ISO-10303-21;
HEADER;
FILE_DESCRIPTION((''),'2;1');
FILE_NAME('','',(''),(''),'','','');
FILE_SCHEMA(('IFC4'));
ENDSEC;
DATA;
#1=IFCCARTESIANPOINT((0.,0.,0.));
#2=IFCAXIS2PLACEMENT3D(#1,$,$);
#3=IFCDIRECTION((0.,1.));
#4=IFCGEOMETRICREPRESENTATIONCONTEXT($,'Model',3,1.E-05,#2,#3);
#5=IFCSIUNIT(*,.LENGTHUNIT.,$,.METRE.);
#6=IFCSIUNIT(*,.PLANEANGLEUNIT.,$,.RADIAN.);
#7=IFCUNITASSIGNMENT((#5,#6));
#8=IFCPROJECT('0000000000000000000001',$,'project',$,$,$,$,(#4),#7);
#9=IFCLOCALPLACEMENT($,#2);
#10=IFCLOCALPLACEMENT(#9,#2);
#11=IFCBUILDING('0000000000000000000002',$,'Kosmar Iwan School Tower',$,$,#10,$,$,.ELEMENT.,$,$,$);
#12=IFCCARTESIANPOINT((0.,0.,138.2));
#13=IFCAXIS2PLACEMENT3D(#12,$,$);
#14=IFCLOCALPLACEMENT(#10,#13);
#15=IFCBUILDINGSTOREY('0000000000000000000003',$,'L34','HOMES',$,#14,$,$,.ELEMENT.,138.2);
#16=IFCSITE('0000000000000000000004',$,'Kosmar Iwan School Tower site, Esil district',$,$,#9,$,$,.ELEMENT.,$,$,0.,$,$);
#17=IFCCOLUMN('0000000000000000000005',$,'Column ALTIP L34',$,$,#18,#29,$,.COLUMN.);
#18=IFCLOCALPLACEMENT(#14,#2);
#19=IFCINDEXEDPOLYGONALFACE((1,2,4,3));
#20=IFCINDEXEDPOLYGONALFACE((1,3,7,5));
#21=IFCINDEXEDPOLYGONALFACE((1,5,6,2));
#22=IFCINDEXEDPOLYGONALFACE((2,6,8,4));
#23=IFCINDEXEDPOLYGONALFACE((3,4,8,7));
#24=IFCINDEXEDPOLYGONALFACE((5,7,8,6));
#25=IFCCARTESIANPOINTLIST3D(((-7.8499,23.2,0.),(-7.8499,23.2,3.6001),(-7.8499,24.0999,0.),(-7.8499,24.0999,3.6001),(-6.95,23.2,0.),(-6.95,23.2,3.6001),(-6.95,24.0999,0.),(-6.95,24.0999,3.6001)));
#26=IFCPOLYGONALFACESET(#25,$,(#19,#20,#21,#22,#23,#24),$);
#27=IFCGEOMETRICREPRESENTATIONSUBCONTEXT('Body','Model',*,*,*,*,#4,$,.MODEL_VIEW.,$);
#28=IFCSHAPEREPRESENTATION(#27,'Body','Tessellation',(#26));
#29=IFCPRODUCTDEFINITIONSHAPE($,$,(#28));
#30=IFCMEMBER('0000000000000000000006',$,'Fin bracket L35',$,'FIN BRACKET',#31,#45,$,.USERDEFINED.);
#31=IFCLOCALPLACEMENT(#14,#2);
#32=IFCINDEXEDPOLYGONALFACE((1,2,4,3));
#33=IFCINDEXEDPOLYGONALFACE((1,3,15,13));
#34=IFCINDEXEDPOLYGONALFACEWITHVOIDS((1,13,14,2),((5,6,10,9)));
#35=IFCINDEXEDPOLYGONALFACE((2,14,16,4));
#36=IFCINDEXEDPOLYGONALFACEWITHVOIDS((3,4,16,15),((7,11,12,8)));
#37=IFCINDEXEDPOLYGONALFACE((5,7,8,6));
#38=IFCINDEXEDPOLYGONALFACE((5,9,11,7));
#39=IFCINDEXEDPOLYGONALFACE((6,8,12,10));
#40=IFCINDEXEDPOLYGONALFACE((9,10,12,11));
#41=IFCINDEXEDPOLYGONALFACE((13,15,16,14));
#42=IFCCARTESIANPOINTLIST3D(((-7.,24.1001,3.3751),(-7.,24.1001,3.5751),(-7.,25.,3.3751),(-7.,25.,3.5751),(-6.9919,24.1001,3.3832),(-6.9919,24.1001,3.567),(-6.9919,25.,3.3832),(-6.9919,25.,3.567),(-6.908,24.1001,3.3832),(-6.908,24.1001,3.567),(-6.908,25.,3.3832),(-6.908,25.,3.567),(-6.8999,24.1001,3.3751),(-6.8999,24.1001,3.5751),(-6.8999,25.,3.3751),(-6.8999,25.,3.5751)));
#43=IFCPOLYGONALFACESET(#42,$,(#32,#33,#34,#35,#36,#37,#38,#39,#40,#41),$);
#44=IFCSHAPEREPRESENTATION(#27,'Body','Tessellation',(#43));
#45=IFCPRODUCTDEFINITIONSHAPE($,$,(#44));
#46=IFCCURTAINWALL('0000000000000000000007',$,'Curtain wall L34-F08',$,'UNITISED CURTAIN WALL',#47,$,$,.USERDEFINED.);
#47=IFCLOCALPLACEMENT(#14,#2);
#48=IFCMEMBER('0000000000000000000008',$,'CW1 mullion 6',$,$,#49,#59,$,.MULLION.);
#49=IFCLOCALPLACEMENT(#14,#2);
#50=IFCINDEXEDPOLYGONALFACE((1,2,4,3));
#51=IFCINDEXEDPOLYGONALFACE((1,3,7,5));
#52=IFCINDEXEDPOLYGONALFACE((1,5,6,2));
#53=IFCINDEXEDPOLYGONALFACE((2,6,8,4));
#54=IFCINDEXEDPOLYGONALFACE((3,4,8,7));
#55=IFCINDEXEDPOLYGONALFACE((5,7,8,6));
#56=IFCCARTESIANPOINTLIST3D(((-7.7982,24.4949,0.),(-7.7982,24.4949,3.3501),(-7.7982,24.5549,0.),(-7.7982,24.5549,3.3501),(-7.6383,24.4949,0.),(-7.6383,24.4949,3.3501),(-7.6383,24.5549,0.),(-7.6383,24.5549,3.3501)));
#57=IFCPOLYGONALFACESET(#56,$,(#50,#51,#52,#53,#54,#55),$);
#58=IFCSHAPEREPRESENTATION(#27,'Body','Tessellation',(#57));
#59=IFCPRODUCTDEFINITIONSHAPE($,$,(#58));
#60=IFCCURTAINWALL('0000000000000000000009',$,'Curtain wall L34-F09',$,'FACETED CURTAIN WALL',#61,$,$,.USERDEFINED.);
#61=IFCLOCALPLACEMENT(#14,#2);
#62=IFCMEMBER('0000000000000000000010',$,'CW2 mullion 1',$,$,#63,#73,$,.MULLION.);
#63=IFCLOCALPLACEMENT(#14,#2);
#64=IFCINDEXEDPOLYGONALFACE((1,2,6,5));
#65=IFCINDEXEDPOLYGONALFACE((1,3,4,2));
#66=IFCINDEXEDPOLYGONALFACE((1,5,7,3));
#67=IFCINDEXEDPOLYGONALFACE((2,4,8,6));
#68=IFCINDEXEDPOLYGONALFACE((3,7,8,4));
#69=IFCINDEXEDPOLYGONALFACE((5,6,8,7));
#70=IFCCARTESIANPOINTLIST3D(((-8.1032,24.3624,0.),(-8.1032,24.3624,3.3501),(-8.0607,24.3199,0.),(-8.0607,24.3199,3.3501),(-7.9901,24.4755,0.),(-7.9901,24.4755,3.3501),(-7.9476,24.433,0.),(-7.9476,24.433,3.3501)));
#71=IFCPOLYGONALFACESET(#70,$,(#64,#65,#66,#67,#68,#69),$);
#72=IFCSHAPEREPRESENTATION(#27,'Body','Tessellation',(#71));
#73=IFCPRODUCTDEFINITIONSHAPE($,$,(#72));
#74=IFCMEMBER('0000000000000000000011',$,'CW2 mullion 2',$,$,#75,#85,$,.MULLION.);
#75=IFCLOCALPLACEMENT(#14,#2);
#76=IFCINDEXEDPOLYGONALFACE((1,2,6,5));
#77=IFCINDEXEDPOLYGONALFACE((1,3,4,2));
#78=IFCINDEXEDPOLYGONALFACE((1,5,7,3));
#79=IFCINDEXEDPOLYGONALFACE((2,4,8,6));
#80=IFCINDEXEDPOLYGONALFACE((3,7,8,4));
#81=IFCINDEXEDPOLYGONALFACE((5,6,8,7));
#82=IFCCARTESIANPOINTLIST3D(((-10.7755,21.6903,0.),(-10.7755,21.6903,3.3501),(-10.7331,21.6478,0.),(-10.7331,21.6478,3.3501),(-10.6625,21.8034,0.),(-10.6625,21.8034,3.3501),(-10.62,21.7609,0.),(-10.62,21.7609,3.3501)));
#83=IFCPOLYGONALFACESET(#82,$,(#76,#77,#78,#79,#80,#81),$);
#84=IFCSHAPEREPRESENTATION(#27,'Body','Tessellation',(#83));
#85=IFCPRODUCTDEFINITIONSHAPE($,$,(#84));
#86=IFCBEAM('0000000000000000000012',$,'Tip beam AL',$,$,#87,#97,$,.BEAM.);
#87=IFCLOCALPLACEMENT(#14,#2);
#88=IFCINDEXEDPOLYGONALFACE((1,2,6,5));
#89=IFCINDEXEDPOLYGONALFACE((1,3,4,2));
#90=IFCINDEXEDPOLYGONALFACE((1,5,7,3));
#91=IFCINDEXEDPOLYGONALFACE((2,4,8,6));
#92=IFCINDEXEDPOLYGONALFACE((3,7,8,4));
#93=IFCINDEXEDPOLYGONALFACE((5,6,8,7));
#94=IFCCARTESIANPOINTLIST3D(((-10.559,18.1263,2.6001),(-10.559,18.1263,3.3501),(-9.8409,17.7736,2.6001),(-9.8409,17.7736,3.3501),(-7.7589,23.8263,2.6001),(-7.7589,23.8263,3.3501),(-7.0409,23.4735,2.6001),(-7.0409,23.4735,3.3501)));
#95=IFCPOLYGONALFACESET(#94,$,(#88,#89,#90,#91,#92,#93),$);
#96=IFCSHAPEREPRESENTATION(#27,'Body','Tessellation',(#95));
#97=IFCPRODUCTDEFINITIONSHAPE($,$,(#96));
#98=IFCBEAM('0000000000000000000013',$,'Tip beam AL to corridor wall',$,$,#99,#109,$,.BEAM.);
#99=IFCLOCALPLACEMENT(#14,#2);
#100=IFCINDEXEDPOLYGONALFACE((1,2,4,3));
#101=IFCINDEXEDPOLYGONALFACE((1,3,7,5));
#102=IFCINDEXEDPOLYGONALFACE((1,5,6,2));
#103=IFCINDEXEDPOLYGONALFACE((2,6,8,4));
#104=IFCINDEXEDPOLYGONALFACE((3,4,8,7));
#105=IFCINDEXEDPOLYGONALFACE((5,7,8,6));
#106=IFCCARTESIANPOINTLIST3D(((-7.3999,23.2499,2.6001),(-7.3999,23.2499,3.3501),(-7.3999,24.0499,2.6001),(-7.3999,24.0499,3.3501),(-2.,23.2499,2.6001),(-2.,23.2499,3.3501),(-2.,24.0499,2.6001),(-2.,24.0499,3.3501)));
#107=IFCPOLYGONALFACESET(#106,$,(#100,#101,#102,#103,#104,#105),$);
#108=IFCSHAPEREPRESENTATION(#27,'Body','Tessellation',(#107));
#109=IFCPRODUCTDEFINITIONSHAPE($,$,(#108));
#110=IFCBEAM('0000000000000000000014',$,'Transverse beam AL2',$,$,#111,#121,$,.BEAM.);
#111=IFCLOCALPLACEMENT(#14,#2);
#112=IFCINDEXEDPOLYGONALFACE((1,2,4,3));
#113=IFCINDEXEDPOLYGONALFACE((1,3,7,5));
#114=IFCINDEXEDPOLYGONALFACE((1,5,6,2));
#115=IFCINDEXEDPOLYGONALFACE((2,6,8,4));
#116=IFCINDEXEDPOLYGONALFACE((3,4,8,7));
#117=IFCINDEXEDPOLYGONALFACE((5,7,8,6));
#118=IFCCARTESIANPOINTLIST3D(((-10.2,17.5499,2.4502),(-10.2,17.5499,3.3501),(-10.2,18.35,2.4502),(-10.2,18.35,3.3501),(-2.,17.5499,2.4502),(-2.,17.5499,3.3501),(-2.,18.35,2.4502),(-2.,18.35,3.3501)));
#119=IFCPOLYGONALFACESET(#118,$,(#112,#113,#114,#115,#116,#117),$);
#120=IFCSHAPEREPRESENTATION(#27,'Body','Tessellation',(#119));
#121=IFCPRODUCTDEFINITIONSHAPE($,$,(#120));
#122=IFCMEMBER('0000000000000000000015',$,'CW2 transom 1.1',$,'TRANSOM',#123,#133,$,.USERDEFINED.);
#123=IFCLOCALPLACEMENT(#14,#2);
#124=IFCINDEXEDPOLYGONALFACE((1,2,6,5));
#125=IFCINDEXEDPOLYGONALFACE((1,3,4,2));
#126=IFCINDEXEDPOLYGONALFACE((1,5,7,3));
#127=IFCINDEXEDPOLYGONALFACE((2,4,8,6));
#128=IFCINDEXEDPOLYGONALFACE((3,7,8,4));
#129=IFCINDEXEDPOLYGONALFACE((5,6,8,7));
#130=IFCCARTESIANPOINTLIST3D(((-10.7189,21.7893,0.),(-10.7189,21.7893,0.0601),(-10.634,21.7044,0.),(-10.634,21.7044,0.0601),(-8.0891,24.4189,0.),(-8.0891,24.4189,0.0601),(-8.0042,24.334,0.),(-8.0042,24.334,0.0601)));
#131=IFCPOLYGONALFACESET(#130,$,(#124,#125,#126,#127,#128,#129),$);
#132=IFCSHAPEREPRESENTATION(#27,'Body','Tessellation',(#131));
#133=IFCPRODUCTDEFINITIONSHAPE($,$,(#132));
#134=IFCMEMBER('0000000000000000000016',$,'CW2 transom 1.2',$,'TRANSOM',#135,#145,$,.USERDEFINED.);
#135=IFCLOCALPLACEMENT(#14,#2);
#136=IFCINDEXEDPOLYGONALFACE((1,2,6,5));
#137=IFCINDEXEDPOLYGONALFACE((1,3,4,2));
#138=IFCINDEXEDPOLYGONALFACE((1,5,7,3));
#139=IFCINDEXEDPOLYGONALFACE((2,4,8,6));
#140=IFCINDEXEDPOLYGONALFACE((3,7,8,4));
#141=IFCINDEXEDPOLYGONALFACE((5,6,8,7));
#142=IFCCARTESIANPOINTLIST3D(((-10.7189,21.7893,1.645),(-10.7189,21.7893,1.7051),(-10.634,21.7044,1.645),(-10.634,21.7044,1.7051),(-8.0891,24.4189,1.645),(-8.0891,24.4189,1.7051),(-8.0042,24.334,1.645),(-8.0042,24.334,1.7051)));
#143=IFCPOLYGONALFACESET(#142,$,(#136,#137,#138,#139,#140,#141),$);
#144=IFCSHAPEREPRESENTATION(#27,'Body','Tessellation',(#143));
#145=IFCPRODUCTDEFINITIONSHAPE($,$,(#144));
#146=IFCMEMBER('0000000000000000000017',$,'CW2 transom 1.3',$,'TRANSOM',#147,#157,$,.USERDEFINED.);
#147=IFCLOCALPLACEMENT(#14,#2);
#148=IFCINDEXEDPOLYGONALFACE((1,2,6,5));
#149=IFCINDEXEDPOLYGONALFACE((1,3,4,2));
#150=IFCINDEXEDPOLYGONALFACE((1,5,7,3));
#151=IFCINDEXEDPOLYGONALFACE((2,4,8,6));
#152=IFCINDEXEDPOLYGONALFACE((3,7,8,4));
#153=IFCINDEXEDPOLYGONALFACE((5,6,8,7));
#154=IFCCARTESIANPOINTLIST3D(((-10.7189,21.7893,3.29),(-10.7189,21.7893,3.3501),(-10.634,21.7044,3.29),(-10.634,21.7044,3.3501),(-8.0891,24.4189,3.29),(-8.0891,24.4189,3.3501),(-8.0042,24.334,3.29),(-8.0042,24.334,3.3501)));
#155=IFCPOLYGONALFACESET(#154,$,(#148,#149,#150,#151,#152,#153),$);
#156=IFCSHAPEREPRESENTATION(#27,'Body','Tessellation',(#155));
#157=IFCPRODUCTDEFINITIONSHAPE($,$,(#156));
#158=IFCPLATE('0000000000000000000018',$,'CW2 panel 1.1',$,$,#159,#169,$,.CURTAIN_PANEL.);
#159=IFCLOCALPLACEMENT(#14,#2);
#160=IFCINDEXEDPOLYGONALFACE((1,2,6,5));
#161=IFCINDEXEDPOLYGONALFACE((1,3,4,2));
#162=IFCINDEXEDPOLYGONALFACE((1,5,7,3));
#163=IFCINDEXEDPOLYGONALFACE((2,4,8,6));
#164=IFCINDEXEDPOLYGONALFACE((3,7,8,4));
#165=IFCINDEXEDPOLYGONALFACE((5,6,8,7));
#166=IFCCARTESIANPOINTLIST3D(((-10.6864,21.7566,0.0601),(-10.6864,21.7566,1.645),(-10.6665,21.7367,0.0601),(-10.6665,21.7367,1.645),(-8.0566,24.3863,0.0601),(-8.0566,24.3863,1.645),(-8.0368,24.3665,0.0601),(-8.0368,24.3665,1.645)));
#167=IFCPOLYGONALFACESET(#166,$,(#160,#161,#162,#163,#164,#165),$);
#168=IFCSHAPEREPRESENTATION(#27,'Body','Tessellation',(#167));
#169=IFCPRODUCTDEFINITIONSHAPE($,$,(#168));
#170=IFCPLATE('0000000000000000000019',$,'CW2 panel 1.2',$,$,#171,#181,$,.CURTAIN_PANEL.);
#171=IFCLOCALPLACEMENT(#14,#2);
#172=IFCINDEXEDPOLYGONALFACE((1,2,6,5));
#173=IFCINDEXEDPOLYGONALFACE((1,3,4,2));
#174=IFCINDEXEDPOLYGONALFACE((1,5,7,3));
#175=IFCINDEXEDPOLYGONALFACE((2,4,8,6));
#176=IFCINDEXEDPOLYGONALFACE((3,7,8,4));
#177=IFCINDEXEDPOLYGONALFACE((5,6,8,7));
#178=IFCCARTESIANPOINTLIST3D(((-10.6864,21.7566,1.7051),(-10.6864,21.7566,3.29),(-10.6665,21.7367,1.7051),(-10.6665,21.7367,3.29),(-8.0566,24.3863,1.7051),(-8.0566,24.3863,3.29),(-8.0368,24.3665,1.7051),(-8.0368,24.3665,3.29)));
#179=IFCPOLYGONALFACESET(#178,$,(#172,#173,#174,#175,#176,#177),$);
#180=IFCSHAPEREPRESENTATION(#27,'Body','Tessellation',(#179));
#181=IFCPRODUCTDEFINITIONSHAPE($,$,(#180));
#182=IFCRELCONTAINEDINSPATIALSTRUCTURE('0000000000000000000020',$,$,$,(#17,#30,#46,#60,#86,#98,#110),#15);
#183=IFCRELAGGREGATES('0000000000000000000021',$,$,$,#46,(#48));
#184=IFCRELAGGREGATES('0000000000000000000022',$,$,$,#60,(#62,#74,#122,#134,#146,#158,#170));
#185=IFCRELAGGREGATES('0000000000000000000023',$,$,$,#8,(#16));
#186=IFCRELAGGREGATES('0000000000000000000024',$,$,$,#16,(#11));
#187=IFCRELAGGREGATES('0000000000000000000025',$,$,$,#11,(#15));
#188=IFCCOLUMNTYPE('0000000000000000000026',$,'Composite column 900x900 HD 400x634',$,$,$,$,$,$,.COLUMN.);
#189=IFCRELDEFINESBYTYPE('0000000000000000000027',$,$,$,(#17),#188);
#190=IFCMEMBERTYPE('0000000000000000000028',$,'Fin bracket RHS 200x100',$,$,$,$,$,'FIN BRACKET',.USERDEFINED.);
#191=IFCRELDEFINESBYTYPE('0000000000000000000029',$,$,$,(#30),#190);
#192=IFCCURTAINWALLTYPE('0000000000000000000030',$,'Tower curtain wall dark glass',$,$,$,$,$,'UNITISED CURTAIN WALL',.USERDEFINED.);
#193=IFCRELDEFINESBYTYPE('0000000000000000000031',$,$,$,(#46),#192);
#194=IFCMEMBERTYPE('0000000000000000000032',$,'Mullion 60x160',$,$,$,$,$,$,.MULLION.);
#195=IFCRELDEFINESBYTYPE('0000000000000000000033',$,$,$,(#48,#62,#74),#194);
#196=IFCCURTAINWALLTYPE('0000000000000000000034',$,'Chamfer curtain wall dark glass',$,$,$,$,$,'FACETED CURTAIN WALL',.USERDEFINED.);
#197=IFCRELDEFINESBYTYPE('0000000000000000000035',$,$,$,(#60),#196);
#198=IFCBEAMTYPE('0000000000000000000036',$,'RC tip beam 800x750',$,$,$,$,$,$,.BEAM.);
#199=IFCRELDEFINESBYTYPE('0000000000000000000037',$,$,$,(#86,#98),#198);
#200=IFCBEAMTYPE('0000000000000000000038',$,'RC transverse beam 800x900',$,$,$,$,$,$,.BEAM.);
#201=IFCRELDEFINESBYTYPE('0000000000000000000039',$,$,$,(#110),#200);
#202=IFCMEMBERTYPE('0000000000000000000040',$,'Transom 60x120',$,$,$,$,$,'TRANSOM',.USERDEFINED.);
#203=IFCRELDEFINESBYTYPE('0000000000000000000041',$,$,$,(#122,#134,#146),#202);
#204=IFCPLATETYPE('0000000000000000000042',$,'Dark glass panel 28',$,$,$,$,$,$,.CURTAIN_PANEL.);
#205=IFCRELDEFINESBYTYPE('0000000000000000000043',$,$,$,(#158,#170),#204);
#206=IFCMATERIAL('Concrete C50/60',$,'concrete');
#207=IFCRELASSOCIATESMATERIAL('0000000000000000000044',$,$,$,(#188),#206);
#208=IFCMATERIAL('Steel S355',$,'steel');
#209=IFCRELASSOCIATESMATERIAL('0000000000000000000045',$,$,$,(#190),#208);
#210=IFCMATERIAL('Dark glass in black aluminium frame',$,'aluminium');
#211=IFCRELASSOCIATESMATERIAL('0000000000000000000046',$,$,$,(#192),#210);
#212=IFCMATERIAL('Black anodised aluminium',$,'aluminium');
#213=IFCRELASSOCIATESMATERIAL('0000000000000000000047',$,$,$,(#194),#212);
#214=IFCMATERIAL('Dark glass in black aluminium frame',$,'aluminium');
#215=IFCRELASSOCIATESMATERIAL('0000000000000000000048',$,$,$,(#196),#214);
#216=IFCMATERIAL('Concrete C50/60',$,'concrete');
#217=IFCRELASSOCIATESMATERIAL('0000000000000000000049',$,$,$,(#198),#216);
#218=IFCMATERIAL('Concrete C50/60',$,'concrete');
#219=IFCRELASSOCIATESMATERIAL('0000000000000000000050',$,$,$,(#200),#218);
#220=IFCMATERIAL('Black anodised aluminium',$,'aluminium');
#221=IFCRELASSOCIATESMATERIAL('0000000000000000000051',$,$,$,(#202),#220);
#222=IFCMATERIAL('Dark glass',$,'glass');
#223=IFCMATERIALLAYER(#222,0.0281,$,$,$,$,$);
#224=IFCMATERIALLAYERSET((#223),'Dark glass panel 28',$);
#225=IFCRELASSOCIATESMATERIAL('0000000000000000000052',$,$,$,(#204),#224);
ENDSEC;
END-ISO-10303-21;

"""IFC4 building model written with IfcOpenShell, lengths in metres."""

from ifc_helpers import new_model, si_unit, direction, frame, origin, origin_2d, place, context, subcontext, project, spatial, rectangle, hollow_rectangle, extrude, material, layer, layer_set, material_profile, profile_set, type_object, element, aggregate, save


model = new_model("IFC4")

# Units and contexts
model_context = context("Model", 3, precision=1e-05, world=origin(), true_north=direction((0.0, 1.0)))
body_context = subcontext(model_context, "Body", "Model", "MODEL_VIEW")
ifc_project = project(units=[si_unit("LENGTHUNIT", "METRE"), si_unit("PLANEANGLEUNIT", "RADIAN")], contexts=[model_context])

# Site, building, storey
site_placement = place(None, origin())
site = spatial("IfcSite", under=ifc_project, at=site_placement, Name="Kosmar Iwan School Tower site, Esil district", CompositionType="ELEMENT", RefElevation=0.0)
building_placement = place(site_placement, origin())
building = spatial("IfcBuilding", under=site, at=building_placement, Name="Kosmar Iwan School Tower", CompositionType="ELEMENT")
storey_placement = place(building_placement, frame((0.0, 0.0, 138.2)))
storey = spatial("IfcBuildingStorey", under=building, at=storey_placement, Name="L34", Description="HOMES", CompositionType="ELEMENT", Elevation=138.2)

# Column
ifc_material_1 = material(Name="Concrete C50/60", Category="concrete")
ifc_material_profile_1 = material_profile(ifc_material_1, rectangle(XDim=0.8999, YDim=0.8999, at=origin_2d()), Name="RC 900x900 + HD 400x634")
ifc_profile_set_1 = profile_set([ifc_material_profile_1], Name="Concrete C50/60")
column_type = type_object("IfcColumnType", Name="Composite column 900x900 HD 400x634", PredefinedType="COLUMN", material=ifc_profile_set_1)
column_placement = place(storey_placement, frame((-7.3999, 23.6499, 0.0), z_axis=(0.0, 0.0, 1.0), x_axis=(0.0, 1.0, 0.0)))
element("IfcColumn", 1, at=column_placement, inside=storey, type_object=column_type, Name="Column ALTIP L34", PredefinedType="COLUMN", context=body_context, shape_type="SweptSolid", body=[
    extrude(rectangle(XDim=0.8999, YDim=0.8999, at=origin_2d()), origin(), (0.0, 0.0, 1.0), 3.6001),
])

# Member
ifc_material_2 = material(Name="Steel S355", Category="steel")
ifc_material_profile_2 = material_profile(ifc_material_2, hollow_rectangle(XDim=0.1001, YDim=0.2, WallThickness=0.0081, at=origin_2d()), Name="RHS 200x100x8")
ifc_profile_set_2 = profile_set([ifc_material_profile_2], Name="Steel S355")
member_type_1 = type_object("IfcMemberType", Name="Fin bracket RHS 200x100", ElementType="FIN BRACKET", PredefinedType="USERDEFINED", material=ifc_profile_set_2)
member_1_placement = place(storey_placement, frame((-6.95, 24.1001, 3.4751), z_axis=(0.0, 1.0, 0.0), x_axis=(-1.0, 0.0, 0.0)))
element("IfcMember", 2, at=member_1_placement, inside=storey, type_object=member_type_1, Name="Fin bracket L35", ObjectType="FIN BRACKET", PredefinedType="USERDEFINED", context=body_context, shape_type="SweptSolid", body=[
    extrude(hollow_rectangle(XDim=0.1001, YDim=0.2, WallThickness=0.0081, at=origin_2d()), origin(), (0.0, 0.0, 1.0), 0.8999),
])

# Curtain wall, member
ifc_material_3 = material(Name="Dark glass in black aluminium frame", Category="aluminium")
curtain_wall_type_1 = type_object("IfcCurtainWallType", Name="Tower curtain wall dark glass", ElementType="UNITISED CURTAIN WALL", PredefinedType="USERDEFINED", material=ifc_material_3)
curtain_wall_1_placement = place(storey_placement, origin())
curtain_wall_1 = element("IfcCurtainWall", 3, at=curtain_wall_1_placement, inside=storey, type_object=curtain_wall_type_1, Name="Curtain wall L34-F08", ObjectType="UNITISED CURTAIN WALL", PredefinedType="USERDEFINED")
ifc_material_4 = material(Name="Black anodised aluminium", Category="aluminium")
ifc_material_profile_3 = material_profile(ifc_material_4, rectangle(XDim=0.0601, YDim=0.1599, at=origin_2d()), Name="MULLION 60x160")
ifc_profile_set_3 = profile_set([ifc_material_profile_3], Name="Black anodised aluminium")
member_type_2 = type_object("IfcMemberType", Name="Mullion 60x160", PredefinedType="MULLION", material=ifc_profile_set_3)
member_2_placement = place(storey_placement, frame((-7.7183, 24.5249, 0.0), z_axis=(0.0, 0.0, 1.0), x_axis=(0.0, -1.0, 0.0)))
member_2 = element("IfcMember", 4, at=member_2_placement, type_object=member_type_2, Name="CW1 mullion 6", PredefinedType="MULLION", context=body_context, shape_type="SweptSolid", body=[
    extrude(rectangle(XDim=0.0601, YDim=0.1599, at=origin_2d()), origin(), (0.0, 0.0, 1.0), 3.3501),
])
aggregate(curtain_wall_1, [member_2])

# Curtain wall, members
ifc_material_5 = material(Name="Dark glass in black aluminium frame", Category="aluminium")
curtain_wall_type_2 = type_object("IfcCurtainWallType", Name="Chamfer curtain wall dark glass", ElementType="FACETED CURTAIN WALL", PredefinedType="USERDEFINED", material=ifc_material_5)
curtain_wall_2_placement = place(storey_placement, origin())
curtain_wall_2 = element("IfcCurtainWall", 5, at=curtain_wall_2_placement, inside=storey, type_object=curtain_wall_type_2, Name="Curtain wall L34-F09", ObjectType="FACETED CURTAIN WALL", PredefinedType="USERDEFINED")
member_3_placement = place(storey_placement, frame((-8.0254, 24.3977, 0.0), z_axis=(0.0, 0.0, 1.0), x_axis=(0.707107, -0.707107, 0.0)))
member_3 = element("IfcMember", 6, at=member_3_placement, type_object=member_type_2, Name="CW2 mullion 1", PredefinedType="MULLION", context=body_context, shape_type="SweptSolid", body=[
    extrude(rectangle(XDim=0.0601, YDim=0.1599, at=origin_2d()), origin(), (0.0, 0.0, 1.0), 3.3501),
])
member_4_placement = place(storey_placement, frame((-10.6978, 21.7256, 0.0), z_axis=(0.0, 0.0, 1.0), x_axis=(0.707107, -0.707107, 0.0)))
member_4 = element("IfcMember", 7, at=member_4_placement, type_object=member_type_2, Name="CW2 mullion 2", PredefinedType="MULLION", context=body_context, shape_type="SweptSolid", body=[
    extrude(rectangle(XDim=0.0601, YDim=0.1599, at=origin_2d()), origin(), (0.0, 0.0, 1.0), 3.3501),
])

# Beams
ifc_material_6 = material(Name="Concrete C50/60", Category="concrete")
ifc_material_profile_4 = material_profile(ifc_material_6, rectangle(XDim=0.8, YDim=0.75, at=origin_2d()), Name="RC 800x750")
ifc_profile_set_4 = profile_set([ifc_material_profile_4], Name="Concrete C50/60")
beam_type_1 = type_object("IfcBeamType", Name="RC tip beam 800x750", PredefinedType="BEAM", material=ifc_profile_set_4)
beam_1_placement = place(storey_placement, frame((-10.2, 17.95, 2.9751), z_axis=(0.440913, 0.89755, 0.0), x_axis=(-0.89755, 0.440913, 0.0)))
element("IfcBeam", 8, at=beam_1_placement, inside=storey, type_object=beam_type_1, Name="Tip beam AL", PredefinedType="BEAM", context=body_context, shape_type="SweptSolid", body=[
    extrude(rectangle(XDim=0.8, YDim=0.75, at=origin_2d()), origin(), (0.0, 0.0, 1.0), 6.3506),
])
beam_2_placement = place(storey_placement, frame((-7.3999, 23.6499, 2.9751), z_axis=(1.0, 0.0, 0.0), x_axis=(0.0, 1.0, 0.0)))
element("IfcBeam", 9, at=beam_2_placement, inside=storey, type_object=beam_type_1, Name="Tip beam AL to corridor wall", PredefinedType="BEAM", context=body_context, shape_type="SweptSolid", body=[
    extrude(rectangle(XDim=0.8, YDim=0.75, at=origin_2d()), origin(), (0.0, 0.0, 1.0), 5.3999),
])
ifc_material_7 = material(Name="Concrete C50/60", Category="concrete")
ifc_material_profile_5 = material_profile(ifc_material_7, rectangle(XDim=0.8, YDim=0.8999, at=origin_2d()), Name="RC 800x900")
ifc_profile_set_5 = profile_set([ifc_material_profile_5], Name="Concrete C50/60")
beam_type_2 = type_object("IfcBeamType", Name="RC transverse beam 800x900", PredefinedType="BEAM", material=ifc_profile_set_5)
beam_3_placement = place(storey_placement, frame((-10.2, 17.95, 2.9001), z_axis=(1.0, 0.0, 0.0), x_axis=(0.0, 1.0, 0.0)))
element("IfcBeam", 10, at=beam_3_placement, inside=storey, type_object=beam_type_2, Name="Transverse beam AL2", PredefinedType="BEAM", context=body_context, shape_type="SweptSolid", body=[
    extrude(rectangle(XDim=0.8, YDim=0.8999, at=origin_2d()), origin(), (0.0, 0.0, 1.0), 8.2),
])

# Members
ifc_material_8 = material(Name="Black anodised aluminium", Category="aluminium")
ifc_material_profile_6 = material_profile(ifc_material_8, rectangle(XDim=0.1201, YDim=0.0601, at=origin_2d()), Name="TRANSOM 60x120")
ifc_profile_set_6 = profile_set([ifc_material_profile_6], Name="Black anodised aluminium")
member_type_3 = type_object("IfcMemberType", Name="Transom 60x120", ElementType="TRANSOM", PredefinedType="USERDEFINED", material=ifc_profile_set_6)
member_5_placement = place(storey_placement, frame((-8.0466, 24.3765, 0.03), z_axis=(-0.70714, -0.707074, 0.0), x_axis=(0.707074, -0.70714, 0.0)))
member_5 = element("IfcMember", 11, at=member_5_placement, type_object=member_type_3, Name="CW2 transom 1.1", ObjectType="TRANSOM", PredefinedType="USERDEFINED", context=body_context, shape_type="SweptSolid", body=[
    extrude(rectangle(XDim=0.1201, YDim=0.0601, at=origin_2d()), origin(), (0.0, 0.0, 1.0), 3.719),
])
member_6_placement = place(storey_placement, frame((-8.0466, 24.3765, 1.675), z_axis=(-0.70714, -0.707074, 0.0), x_axis=(0.707074, -0.70714, 0.0)))
member_6 = element("IfcMember", 12, at=member_6_placement, type_object=member_type_3, Name="CW2 transom 1.2", ObjectType="TRANSOM", PredefinedType="USERDEFINED", context=body_context, shape_type="SweptSolid", body=[
    extrude(rectangle(XDim=0.1201, YDim=0.0601, at=origin_2d()), origin(), (0.0, 0.0, 1.0), 3.719),
])
member_7_placement = place(storey_placement, frame((-8.0466, 24.3765, 3.3201), z_axis=(-0.70714, -0.707074, 0.0), x_axis=(0.707074, -0.70714, 0.0)))
member_7 = element("IfcMember", 13, at=member_7_placement, type_object=member_type_3, Name="CW2 transom 1.3", ObjectType="TRANSOM", PredefinedType="USERDEFINED", context=body_context, shape_type="SweptSolid", body=[
    extrude(rectangle(XDim=0.1201, YDim=0.0601, at=origin_2d()), origin(), (0.0, 0.0, 1.0), 3.719),
])

# Plates
ifc_material_9 = material(Name="Dark glass", Category="glass")
ifc_layer = layer(ifc_material_9, 0.0281)
ifc_layer_set = layer_set([ifc_layer], Name="Dark glass panel 28")
plate_type = type_object("IfcPlateType", Name="Dark glass panel 28", PredefinedType="CURTAIN_PANEL", material=ifc_layer_set)
plate_1_placement = place(storey_placement, frame((-9.3616, 23.0615, 0.0601), z_axis=(0.0, 0.0, 1.0), x_axis=(-0.707107, -0.707107, 0.0)))
plate_1 = element("IfcPlate", 14, at=plate_1_placement, type_object=plate_type, Name="CW2 panel 1.1", PredefinedType="CURTAIN_PANEL", context=body_context, shape_type="SweptSolid", body=[
    extrude(rectangle(XDim=3.719, YDim=0.0281, at=origin_2d()), origin(), (0.0, 0.0, 1.0), 1.585),
])
plate_2_placement = place(storey_placement, frame((-9.3616, 23.0615, 1.7051), z_axis=(0.0, 0.0, 1.0), x_axis=(-0.707107, -0.707107, 0.0)))
plate_2 = element("IfcPlate", 15, at=plate_2_placement, type_object=plate_type, Name="CW2 panel 1.2", PredefinedType="CURTAIN_PANEL", context=body_context, shape_type="SweptSolid", body=[
    extrude(rectangle(XDim=3.719, YDim=0.0281, at=origin_2d()), origin(), (0.0, 0.0, 1.0), 1.585),
])
aggregate(curtain_wall_2, [member_3, member_4, member_5, member_6, member_7, plate_1, plate_2])

save(model, "model.ifc")
